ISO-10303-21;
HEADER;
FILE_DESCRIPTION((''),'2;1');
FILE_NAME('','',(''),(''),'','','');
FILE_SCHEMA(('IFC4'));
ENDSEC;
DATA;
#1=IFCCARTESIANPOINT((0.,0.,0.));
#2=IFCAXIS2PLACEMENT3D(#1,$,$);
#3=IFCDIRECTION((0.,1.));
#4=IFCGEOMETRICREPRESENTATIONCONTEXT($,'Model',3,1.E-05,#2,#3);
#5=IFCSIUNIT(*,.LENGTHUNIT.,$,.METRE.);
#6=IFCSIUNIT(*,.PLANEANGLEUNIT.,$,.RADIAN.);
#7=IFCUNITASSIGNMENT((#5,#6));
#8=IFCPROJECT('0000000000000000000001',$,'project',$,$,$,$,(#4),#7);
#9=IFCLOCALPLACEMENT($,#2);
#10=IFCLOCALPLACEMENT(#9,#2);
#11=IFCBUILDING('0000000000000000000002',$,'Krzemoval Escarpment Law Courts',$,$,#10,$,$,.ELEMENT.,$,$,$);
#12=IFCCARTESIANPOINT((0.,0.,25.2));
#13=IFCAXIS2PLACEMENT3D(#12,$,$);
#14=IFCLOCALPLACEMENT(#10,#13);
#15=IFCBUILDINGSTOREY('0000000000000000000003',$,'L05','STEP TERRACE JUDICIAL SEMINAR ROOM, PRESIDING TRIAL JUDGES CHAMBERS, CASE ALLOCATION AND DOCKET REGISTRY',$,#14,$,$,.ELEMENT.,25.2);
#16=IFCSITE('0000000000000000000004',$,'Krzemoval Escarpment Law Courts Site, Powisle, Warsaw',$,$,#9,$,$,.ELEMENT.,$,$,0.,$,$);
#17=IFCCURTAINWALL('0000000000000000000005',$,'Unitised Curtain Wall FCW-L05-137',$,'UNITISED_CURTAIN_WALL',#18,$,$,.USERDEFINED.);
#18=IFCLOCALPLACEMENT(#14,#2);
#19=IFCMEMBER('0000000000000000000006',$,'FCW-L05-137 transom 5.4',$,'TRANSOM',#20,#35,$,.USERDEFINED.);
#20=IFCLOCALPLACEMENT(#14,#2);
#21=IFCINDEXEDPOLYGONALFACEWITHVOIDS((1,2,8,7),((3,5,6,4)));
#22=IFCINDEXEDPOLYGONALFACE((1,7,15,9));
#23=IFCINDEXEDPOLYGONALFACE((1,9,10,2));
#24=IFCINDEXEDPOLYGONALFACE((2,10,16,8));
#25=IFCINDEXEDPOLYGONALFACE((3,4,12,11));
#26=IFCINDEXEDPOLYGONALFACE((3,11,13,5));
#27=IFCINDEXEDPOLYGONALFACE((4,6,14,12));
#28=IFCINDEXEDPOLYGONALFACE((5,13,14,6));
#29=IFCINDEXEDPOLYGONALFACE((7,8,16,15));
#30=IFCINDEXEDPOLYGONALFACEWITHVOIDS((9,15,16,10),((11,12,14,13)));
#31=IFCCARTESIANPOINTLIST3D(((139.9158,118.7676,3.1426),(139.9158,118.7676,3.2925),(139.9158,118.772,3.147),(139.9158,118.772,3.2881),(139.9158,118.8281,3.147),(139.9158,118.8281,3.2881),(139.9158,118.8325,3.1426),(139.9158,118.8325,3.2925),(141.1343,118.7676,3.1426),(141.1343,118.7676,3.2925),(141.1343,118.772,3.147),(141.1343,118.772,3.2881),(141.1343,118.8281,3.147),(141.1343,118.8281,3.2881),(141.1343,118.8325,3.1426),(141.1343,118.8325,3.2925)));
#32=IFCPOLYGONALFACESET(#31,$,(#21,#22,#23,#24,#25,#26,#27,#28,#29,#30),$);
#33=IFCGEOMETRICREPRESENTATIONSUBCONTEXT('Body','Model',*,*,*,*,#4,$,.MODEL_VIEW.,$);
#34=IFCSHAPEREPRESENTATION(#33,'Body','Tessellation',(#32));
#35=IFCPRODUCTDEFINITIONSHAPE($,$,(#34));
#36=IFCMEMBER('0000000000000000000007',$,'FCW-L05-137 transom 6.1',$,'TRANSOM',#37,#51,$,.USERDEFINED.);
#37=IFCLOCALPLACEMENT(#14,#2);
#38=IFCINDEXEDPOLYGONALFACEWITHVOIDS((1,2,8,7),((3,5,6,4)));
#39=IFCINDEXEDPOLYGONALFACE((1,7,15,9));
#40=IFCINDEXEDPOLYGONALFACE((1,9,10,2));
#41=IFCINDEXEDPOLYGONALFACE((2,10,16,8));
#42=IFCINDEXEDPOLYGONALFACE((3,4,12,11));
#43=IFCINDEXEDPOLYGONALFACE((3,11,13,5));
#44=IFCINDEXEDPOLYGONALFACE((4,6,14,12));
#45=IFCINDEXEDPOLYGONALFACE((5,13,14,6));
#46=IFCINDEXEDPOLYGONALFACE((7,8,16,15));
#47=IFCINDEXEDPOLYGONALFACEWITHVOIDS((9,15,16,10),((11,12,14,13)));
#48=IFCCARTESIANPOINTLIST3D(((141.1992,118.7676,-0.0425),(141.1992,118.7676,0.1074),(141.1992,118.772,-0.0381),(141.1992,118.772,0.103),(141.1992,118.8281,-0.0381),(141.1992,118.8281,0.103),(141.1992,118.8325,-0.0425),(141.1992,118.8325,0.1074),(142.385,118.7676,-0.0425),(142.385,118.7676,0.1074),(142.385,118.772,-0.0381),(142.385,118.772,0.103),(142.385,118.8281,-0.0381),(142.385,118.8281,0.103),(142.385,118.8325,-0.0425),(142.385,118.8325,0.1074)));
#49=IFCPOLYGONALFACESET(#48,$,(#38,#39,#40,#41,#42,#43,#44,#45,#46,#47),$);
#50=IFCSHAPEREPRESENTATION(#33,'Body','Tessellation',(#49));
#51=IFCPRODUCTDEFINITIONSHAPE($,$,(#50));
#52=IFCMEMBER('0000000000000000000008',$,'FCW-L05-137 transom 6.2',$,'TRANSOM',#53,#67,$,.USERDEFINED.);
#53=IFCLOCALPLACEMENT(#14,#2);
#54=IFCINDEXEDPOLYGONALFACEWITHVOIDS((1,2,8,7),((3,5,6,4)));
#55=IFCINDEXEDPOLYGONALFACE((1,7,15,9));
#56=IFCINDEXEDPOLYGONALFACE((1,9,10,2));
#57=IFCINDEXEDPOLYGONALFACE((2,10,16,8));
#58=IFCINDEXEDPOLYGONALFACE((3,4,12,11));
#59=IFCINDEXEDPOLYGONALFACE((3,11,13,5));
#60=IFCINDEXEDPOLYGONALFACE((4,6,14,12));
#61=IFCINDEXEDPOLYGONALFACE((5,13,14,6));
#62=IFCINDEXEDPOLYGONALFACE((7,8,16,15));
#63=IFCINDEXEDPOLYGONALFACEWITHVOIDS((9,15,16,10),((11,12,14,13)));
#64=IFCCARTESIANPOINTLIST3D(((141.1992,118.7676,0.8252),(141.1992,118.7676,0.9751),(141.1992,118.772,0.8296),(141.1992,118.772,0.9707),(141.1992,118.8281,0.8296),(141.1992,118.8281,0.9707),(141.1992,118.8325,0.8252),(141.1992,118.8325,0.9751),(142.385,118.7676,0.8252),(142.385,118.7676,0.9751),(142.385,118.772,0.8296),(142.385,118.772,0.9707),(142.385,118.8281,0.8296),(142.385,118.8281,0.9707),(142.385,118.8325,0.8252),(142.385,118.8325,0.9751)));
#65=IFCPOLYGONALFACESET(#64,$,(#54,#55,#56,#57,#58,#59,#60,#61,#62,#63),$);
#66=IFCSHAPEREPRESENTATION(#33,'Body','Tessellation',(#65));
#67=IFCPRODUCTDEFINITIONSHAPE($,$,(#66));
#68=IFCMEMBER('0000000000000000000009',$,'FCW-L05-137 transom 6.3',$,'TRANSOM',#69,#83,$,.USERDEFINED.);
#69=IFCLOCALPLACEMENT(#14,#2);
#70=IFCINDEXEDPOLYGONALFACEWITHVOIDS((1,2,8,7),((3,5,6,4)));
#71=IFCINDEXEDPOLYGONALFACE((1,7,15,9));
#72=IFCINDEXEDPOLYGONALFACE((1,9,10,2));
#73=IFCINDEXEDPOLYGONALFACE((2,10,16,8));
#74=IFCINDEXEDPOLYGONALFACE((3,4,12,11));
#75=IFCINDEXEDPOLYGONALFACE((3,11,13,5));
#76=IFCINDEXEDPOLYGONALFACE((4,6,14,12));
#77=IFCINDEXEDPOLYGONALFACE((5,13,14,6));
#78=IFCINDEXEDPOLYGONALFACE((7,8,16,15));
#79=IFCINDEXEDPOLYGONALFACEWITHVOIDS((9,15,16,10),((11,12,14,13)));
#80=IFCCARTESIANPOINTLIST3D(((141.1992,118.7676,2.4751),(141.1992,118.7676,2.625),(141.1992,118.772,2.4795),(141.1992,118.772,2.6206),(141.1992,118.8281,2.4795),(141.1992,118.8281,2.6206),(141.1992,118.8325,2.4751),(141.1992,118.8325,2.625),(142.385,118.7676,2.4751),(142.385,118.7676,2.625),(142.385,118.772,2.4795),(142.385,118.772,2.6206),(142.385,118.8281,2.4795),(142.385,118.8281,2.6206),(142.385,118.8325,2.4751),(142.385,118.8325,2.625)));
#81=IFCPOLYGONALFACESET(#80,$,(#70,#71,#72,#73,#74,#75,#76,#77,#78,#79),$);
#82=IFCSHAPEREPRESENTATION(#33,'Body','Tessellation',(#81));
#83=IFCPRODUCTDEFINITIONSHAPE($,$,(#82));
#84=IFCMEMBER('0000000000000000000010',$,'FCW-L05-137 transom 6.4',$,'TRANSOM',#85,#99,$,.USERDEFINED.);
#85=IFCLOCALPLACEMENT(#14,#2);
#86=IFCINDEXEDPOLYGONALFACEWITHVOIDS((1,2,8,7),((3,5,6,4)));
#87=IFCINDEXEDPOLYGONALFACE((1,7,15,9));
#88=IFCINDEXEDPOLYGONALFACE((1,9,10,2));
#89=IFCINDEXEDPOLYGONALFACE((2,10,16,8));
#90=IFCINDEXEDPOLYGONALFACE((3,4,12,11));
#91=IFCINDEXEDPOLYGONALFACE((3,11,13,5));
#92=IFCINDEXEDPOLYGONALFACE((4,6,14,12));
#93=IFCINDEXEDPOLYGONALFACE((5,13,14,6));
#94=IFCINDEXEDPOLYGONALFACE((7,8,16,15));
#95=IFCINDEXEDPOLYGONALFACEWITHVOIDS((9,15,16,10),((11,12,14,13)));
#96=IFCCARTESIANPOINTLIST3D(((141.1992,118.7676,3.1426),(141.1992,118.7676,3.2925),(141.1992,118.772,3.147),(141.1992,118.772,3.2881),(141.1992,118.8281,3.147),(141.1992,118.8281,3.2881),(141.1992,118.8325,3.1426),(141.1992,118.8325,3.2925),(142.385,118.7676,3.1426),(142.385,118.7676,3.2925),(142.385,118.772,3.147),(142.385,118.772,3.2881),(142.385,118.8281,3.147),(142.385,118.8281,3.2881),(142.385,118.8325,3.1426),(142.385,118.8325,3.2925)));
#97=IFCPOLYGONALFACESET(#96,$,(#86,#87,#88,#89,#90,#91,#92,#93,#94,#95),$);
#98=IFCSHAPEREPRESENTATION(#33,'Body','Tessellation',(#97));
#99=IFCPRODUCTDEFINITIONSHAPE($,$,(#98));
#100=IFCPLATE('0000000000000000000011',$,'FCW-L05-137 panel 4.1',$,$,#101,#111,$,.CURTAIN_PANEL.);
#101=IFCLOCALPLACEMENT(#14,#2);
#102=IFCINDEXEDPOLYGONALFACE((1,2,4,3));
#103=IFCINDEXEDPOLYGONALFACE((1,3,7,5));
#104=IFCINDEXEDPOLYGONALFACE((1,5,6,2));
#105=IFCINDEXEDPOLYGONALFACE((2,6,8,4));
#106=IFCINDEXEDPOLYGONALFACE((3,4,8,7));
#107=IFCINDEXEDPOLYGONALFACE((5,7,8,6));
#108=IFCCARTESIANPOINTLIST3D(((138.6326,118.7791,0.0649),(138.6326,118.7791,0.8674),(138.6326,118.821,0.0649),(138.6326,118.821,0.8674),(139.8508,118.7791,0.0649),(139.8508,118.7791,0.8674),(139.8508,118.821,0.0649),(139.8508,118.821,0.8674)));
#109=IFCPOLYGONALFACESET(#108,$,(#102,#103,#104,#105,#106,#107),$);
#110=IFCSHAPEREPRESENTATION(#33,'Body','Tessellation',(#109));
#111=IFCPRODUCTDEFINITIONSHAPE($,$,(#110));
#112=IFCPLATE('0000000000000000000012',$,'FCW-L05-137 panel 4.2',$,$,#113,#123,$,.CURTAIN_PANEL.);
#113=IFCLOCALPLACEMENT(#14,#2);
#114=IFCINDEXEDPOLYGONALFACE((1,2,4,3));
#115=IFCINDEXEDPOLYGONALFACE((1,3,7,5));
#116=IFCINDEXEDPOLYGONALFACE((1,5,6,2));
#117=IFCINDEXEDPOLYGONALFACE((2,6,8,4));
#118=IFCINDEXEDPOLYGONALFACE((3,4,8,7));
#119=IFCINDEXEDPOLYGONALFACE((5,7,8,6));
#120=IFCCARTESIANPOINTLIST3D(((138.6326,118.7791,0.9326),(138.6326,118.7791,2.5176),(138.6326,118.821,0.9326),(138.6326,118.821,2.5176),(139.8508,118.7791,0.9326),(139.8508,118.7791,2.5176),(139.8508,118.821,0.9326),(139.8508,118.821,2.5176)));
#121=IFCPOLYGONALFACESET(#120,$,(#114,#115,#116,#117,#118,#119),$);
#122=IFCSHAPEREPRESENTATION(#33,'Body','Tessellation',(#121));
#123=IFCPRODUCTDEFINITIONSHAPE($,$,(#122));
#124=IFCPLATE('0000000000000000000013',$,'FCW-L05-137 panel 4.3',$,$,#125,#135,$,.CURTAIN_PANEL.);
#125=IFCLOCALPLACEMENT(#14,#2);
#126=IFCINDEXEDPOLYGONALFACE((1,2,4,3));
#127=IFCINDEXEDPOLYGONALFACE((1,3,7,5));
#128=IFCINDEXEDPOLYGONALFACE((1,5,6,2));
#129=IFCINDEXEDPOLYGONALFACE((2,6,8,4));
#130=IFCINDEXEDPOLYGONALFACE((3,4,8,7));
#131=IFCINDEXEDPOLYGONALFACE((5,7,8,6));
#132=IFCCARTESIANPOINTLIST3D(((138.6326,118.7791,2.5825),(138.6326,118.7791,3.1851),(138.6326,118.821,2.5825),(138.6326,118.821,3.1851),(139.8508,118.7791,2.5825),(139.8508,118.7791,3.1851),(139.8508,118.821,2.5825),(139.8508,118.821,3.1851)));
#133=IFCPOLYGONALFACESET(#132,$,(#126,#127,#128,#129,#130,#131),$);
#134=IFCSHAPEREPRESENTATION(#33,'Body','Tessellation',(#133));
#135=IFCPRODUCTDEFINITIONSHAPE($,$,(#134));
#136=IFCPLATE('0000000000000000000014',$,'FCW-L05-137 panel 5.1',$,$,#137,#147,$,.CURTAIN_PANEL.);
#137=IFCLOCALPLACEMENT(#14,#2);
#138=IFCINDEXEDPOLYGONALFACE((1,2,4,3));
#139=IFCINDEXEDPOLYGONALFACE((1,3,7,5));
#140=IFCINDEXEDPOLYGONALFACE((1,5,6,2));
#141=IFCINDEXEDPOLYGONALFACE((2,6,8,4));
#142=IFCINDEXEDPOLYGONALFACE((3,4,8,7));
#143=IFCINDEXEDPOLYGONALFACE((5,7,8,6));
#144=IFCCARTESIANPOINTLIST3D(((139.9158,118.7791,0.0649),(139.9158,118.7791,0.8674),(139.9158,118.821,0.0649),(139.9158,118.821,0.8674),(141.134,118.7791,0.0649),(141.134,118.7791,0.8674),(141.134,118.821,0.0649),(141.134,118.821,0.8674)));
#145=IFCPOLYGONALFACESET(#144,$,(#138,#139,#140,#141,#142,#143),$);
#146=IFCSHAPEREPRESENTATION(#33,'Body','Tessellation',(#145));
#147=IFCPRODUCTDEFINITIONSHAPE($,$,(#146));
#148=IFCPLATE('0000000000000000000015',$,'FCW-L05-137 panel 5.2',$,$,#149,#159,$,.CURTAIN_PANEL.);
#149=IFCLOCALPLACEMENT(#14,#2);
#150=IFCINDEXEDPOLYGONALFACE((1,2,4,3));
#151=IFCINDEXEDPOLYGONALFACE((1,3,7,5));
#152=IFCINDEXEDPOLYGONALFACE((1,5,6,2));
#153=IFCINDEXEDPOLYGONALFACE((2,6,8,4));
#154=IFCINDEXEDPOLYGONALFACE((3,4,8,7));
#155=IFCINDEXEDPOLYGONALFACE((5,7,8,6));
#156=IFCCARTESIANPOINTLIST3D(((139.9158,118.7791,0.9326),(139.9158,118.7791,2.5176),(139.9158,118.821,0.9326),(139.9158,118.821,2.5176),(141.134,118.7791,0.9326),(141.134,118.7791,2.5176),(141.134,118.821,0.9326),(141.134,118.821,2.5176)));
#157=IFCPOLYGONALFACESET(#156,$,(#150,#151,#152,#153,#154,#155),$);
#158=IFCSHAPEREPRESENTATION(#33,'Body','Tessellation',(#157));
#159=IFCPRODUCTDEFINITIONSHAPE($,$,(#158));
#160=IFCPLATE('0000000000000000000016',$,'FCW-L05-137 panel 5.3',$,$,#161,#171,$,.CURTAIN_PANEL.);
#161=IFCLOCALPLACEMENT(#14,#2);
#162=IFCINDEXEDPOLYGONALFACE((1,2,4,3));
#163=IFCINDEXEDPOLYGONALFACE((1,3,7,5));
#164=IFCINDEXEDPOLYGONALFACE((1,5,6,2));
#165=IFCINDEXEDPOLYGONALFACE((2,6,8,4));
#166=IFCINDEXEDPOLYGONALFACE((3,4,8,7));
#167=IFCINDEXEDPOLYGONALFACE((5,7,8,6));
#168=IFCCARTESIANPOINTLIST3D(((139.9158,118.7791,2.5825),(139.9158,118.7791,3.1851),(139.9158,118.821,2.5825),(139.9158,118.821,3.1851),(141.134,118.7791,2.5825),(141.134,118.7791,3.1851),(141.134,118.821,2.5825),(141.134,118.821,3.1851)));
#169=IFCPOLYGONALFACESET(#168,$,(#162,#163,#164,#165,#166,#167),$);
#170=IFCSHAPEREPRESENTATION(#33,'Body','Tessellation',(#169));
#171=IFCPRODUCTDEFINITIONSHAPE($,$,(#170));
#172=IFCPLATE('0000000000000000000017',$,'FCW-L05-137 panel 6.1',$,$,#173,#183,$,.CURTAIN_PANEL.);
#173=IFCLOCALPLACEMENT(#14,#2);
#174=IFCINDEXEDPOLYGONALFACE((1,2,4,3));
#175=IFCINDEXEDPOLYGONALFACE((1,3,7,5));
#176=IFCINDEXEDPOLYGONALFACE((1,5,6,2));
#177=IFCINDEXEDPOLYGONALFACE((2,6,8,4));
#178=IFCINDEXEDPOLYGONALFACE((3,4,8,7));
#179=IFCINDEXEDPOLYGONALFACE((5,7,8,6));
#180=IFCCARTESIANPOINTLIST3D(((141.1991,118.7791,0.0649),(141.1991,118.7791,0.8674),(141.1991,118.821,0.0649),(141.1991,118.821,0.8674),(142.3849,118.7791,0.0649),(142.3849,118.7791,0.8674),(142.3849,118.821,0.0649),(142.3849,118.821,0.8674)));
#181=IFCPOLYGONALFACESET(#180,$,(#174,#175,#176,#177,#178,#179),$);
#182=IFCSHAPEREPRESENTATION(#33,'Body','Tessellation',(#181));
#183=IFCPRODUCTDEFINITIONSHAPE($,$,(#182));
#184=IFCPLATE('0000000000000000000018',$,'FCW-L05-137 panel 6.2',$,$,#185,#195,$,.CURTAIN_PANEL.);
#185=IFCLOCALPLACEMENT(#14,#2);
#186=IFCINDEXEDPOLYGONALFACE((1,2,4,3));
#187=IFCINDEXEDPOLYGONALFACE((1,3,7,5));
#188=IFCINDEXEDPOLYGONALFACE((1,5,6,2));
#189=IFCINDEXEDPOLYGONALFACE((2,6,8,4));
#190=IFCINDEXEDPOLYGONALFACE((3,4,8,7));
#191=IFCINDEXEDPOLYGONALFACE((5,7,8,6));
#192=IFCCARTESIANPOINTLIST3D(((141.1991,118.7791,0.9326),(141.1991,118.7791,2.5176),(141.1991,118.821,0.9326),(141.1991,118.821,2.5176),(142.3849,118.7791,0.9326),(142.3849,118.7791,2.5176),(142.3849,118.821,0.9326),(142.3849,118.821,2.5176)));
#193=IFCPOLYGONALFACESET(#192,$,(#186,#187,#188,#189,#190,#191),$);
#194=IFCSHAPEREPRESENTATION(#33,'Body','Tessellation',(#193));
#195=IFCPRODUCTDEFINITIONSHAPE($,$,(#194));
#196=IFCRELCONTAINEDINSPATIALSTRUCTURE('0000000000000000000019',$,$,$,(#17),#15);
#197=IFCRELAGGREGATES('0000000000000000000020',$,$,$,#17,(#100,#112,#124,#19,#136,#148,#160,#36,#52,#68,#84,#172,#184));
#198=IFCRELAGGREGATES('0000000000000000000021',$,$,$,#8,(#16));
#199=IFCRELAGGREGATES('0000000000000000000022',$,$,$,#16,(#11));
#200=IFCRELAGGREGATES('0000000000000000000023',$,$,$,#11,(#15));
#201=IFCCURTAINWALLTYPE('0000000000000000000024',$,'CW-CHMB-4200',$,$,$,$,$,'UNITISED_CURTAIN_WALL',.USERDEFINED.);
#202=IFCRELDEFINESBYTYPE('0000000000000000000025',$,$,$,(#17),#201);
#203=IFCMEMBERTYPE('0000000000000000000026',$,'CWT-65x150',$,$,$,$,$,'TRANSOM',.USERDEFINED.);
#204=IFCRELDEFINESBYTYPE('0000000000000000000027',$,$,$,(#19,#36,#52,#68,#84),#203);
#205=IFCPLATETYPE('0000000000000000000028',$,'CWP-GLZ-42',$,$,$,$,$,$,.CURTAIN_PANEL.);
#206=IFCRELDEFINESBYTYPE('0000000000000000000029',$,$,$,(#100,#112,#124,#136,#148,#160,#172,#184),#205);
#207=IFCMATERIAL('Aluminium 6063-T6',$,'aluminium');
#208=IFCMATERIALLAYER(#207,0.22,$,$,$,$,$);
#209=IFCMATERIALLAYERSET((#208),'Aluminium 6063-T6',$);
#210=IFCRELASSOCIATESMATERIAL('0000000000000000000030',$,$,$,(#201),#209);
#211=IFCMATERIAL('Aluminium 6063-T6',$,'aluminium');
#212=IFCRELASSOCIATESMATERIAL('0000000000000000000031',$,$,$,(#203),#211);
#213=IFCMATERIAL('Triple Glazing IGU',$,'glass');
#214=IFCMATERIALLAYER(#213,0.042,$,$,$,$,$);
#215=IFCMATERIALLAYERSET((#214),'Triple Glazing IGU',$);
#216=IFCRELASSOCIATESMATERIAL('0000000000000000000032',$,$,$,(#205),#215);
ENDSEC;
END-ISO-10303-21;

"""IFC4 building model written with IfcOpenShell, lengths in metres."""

from ifc_helpers import new_model, si_unit, direction, frame, origin, origin_2d, place, context, subcontext, project, spatial, rectangle, hollow_rectangle, extrude, material, layer, layer_set, material_profile, profile_set, type_object, element, aggregate, save


model = new_model("IFC4")

# Units and contexts
model_context = context("Model", 3, precision=1e-05, world=origin(), true_north=direction((0.0, 1.0)))
body_context = subcontext(model_context, "Body", "Model", "MODEL_VIEW")
ifc_project = project(units=[si_unit("LENGTHUNIT", "METRE"), si_unit("PLANEANGLEUNIT", "RADIAN")], contexts=[model_context])

# Site, building, storey
site_placement = place(None, origin())
site = spatial("IfcSite", under=ifc_project, at=site_placement, Name="Krzemoval Escarpment Law Courts Site, Powisle, Warsaw", CompositionType="ELEMENT", RefElevation=0.0)
building_placement = place(site_placement, origin())
building = spatial("IfcBuilding", under=site, at=building_placement, Name="Krzemoval Escarpment Law Courts", CompositionType="ELEMENT")
storey_placement = place(building_placement, frame((0.0, 0.0, 25.2)))
storey = spatial("IfcBuildingStorey", under=building, at=storey_placement, Name="L05", Description="STEP TERRACE JUDICIAL SEMINAR ROOM, PRESIDING TRIAL JUDGES CHAMBERS, CASE ALLOCATION AND DOCKET REGISTRY", CompositionType="ELEMENT", Elevation=25.2)

# Curtain wall, members, plates
ifc_material_1 = material(Name="Aluminium 6063-T6", Category="aluminium")
ifc_layer_1 = layer(ifc_material_1, 0.22)
ifc_layer_set_1 = layer_set([ifc_layer_1], Name="Aluminium 6063-T6")
curtain_wall_type = type_object("IfcCurtainWallType", Name="CW-CHMB-4200", ElementType="UNITISED_CURTAIN_WALL", PredefinedType="USERDEFINED", material=ifc_layer_set_1)
curtain_wall_placement = place(storey_placement, origin())
curtain_wall = element("IfcCurtainWall", 1, at=curtain_wall_placement, inside=storey, type_object=curtain_wall_type, Name="Unitised Curtain Wall FCW-L05-137", ObjectType="UNITISED_CURTAIN_WALL", PredefinedType="USERDEFINED")
ifc_material_2 = material(Name="Aluminium 6063-T6", Category="aluminium")
ifc_material_profile_1 = material_profile(ifc_material_2, hollow_rectangle(XDim=0.0649, YDim=0.1499, WallThickness=0.0044, at=origin_2d()), Name="ALU T65x150")
ifc_profile_set_1 = profile_set([ifc_material_profile_1], Name="Aluminium 6063-T6")
member_type_1 = type_object("IfcMemberType", Name="CWT-65x150", ElementType="TRANSOM", PredefinedType="USERDEFINED", material=ifc_profile_set_1)
member_1_placement = place(storey_placement, frame((139.9158, 118.8, 3.2175), z_axis=(1.0, 0.0, 0.0), x_axis=(0.0, 1.0, 0.0)))
member_1 = element("IfcMember", 2, at=member_1_placement, type_object=member_type_1, Name="FCW-L05-137 transom 5.4", ObjectType="TRANSOM", PredefinedType="USERDEFINED", context=body_context, shape_type="SweptSolid", body=[
    extrude(hollow_rectangle(XDim=0.0649, YDim=0.1499, WallThickness=0.0044, at=origin_2d()), origin(), (0.0, 0.0, 1.0), 1.2185),
])
member_2_placement = place(storey_placement, frame((141.1992, 118.8, 0.0325), z_axis=(1.0, 0.0, 0.0), x_axis=(0.0, 1.0, 0.0)))
member_2 = element("IfcMember", 3, at=member_2_placement, type_object=member_type_1, Name="FCW-L05-137 transom 6.1", ObjectType="TRANSOM", PredefinedType="USERDEFINED", context=body_context, shape_type="SweptSolid", body=[
    extrude(hollow_rectangle(XDim=0.0649, YDim=0.1499, WallThickness=0.0044, at=origin_2d()), origin(), (0.0, 0.0, 1.0), 1.1858),
])
member_3_placement = place(storey_placement, frame((141.1992, 118.8, 0.9001), z_axis=(1.0, 0.0, 0.0), x_axis=(0.0, 1.0, 0.0)))
member_3 = element("IfcMember", 4, at=member_3_placement, type_object=member_type_1, Name="FCW-L05-137 transom 6.2", ObjectType="TRANSOM", PredefinedType="USERDEFINED", context=body_context, shape_type="SweptSolid", body=[
    extrude(hollow_rectangle(XDim=0.0649, YDim=0.1499, WallThickness=0.0044, at=origin_2d()), origin(), (0.0, 0.0, 1.0), 1.1858),
])
member_4_placement = place(storey_placement, frame((141.1992, 118.8, 2.55), z_axis=(1.0, 0.0, 0.0), x_axis=(0.0, 1.0, 0.0)))
member_4 = element("IfcMember", 5, at=member_4_placement, type_object=member_type_1, Name="FCW-L05-137 transom 6.3", ObjectType="TRANSOM", PredefinedType="USERDEFINED", context=body_context, shape_type="SweptSolid", body=[
    extrude(hollow_rectangle(XDim=0.0649, YDim=0.1499, WallThickness=0.0044, at=origin_2d()), origin(), (0.0, 0.0, 1.0), 1.1858),
])
member_5_placement = place(storey_placement, frame((141.1992, 118.8, 3.2175), z_axis=(1.0, 0.0, 0.0), x_axis=(0.0, 1.0, 0.0)))
member_5 = element("IfcMember", 6, at=member_5_placement, type_object=member_type_1, Name="FCW-L05-137 transom 6.4", ObjectType="TRANSOM", PredefinedType="USERDEFINED", context=body_context, shape_type="SweptSolid", body=[
    extrude(hollow_rectangle(XDim=0.0649, YDim=0.1499, WallThickness=0.0044, at=origin_2d()), origin(), (0.0, 0.0, 1.0), 1.1858),
])
ifc_material_3 = material(Name="Triple Glazing IGU", Category="glass")
ifc_layer_2 = layer(ifc_material_3, 0.042)
ifc_layer_set_2 = layer_set([ifc_layer_2], Name="Triple Glazing IGU")
plate_type = type_object("IfcPlateType", Name="CWP-GLZ-42", PredefinedType="CURTAIN_PANEL", material=ifc_layer_set_2)
plate_1_placement = place(storey_placement, frame((139.2417, 118.8, 0.0649), z_axis=(0.0, 0.0, 1.0), x_axis=(1.0, 0.0, 0.0)))
plate_1 = element("IfcPlate", 7, at=plate_1_placement, type_object=plate_type, Name="FCW-L05-137 panel 4.1", PredefinedType="CURTAIN_PANEL", context=body_context, shape_type="SweptSolid", body=[
    extrude(rectangle(XDim=1.2183, YDim=0.042, at=origin_2d()), origin(), (0.0, 0.0, 1.0), 0.8025),
])
plate_2_placement = place(storey_placement, frame((139.2417, 118.8, 0.9326), z_axis=(0.0, 0.0, 1.0), x_axis=(1.0, 0.0, 0.0)))
plate_2 = element("IfcPlate", 8, at=plate_2_placement, type_object=plate_type, Name="FCW-L05-137 panel 4.2", PredefinedType="CURTAIN_PANEL", context=body_context, shape_type="SweptSolid", body=[
    extrude(rectangle(XDim=1.2183, YDim=0.042, at=origin_2d()), origin(), (0.0, 0.0, 1.0), 1.585),
])
plate_3_placement = place(storey_placement, frame((139.2417, 118.8, 2.5825), z_axis=(0.0, 0.0, 1.0), x_axis=(1.0, 0.0, 0.0)))
plate_3 = element("IfcPlate", 9, at=plate_3_placement, type_object=plate_type, Name="FCW-L05-137 panel 4.3", PredefinedType="CURTAIN_PANEL", context=body_context, shape_type="SweptSolid", body=[
    extrude(rectangle(XDim=1.2183, YDim=0.042, at=origin_2d()), origin(), (0.0, 0.0, 1.0), 0.6025),
])
plate_4_placement = place(storey_placement, frame((140.5249, 118.8, 0.0649), z_axis=(0.0, 0.0, 1.0), x_axis=(1.0, 0.0, 0.0)))
plate_4 = element("IfcPlate", 10, at=plate_4_placement, type_object=plate_type, Name="FCW-L05-137 panel 5.1", PredefinedType="CURTAIN_PANEL", context=body_context, shape_type="SweptSolid", body=[
    extrude(rectangle(XDim=1.2183, YDim=0.042, at=origin_2d()), origin(), (0.0, 0.0, 1.0), 0.8025),
])
plate_5_placement = place(storey_placement, frame((140.5249, 118.8, 0.9326), z_axis=(0.0, 0.0, 1.0), x_axis=(1.0, 0.0, 0.0)))
plate_5 = element("IfcPlate", 11, at=plate_5_placement, type_object=plate_type, Name="FCW-L05-137 panel 5.2", PredefinedType="CURTAIN_PANEL", context=body_context, shape_type="SweptSolid", body=[
    extrude(rectangle(XDim=1.2183, YDim=0.042, at=origin_2d()), origin(), (0.0, 0.0, 1.0), 1.585),
])
plate_6_placement = place(storey_placement, frame((140.5249, 118.8, 2.5825), z_axis=(0.0, 0.0, 1.0), x_axis=(1.0, 0.0, 0.0)))
plate_6 = element("IfcPlate", 12, at=plate_6_placement, type_object=plate_type, Name="FCW-L05-137 panel 5.3", PredefinedType="CURTAIN_PANEL", context=body_context, shape_type="SweptSolid", body=[
    extrude(rectangle(XDim=1.2183, YDim=0.042, at=origin_2d()), origin(), (0.0, 0.0, 1.0), 0.6025),
])
plate_7_placement = place(storey_placement, frame((141.792, 118.8, 0.0649), z_axis=(0.0, 0.0, 1.0), x_axis=(1.0, 0.0, 0.0)))
plate_7 = element("IfcPlate", 13, at=plate_7_placement, type_object=plate_type, Name="FCW-L05-137 panel 6.1", PredefinedType="CURTAIN_PANEL", context=body_context, shape_type="SweptSolid", body=[
    extrude(rectangle(XDim=1.1858, YDim=0.042, at=origin_2d()), origin(), (0.0, 0.0, 1.0), 0.8025),
])
plate_8_placement = place(storey_placement, frame((141.792, 118.8, 0.9326), z_axis=(0.0, 0.0, 1.0), x_axis=(1.0, 0.0, 0.0)))
plate_8 = element("IfcPlate", 14, at=plate_8_placement, type_object=plate_type, Name="FCW-L05-137 panel 6.2", PredefinedType="CURTAIN_PANEL", context=body_context, shape_type="SweptSolid", body=[
    extrude(rectangle(XDim=1.1858, YDim=0.042, at=origin_2d()), origin(), (0.0, 0.0, 1.0), 1.585),
])
aggregate(curtain_wall, [plate_1, plate_2, plate_3, member_1, plate_4, plate_5, plate_6, member_2, member_3, member_4, member_5, plate_7, plate_8])

save(model, "model.ifc")
